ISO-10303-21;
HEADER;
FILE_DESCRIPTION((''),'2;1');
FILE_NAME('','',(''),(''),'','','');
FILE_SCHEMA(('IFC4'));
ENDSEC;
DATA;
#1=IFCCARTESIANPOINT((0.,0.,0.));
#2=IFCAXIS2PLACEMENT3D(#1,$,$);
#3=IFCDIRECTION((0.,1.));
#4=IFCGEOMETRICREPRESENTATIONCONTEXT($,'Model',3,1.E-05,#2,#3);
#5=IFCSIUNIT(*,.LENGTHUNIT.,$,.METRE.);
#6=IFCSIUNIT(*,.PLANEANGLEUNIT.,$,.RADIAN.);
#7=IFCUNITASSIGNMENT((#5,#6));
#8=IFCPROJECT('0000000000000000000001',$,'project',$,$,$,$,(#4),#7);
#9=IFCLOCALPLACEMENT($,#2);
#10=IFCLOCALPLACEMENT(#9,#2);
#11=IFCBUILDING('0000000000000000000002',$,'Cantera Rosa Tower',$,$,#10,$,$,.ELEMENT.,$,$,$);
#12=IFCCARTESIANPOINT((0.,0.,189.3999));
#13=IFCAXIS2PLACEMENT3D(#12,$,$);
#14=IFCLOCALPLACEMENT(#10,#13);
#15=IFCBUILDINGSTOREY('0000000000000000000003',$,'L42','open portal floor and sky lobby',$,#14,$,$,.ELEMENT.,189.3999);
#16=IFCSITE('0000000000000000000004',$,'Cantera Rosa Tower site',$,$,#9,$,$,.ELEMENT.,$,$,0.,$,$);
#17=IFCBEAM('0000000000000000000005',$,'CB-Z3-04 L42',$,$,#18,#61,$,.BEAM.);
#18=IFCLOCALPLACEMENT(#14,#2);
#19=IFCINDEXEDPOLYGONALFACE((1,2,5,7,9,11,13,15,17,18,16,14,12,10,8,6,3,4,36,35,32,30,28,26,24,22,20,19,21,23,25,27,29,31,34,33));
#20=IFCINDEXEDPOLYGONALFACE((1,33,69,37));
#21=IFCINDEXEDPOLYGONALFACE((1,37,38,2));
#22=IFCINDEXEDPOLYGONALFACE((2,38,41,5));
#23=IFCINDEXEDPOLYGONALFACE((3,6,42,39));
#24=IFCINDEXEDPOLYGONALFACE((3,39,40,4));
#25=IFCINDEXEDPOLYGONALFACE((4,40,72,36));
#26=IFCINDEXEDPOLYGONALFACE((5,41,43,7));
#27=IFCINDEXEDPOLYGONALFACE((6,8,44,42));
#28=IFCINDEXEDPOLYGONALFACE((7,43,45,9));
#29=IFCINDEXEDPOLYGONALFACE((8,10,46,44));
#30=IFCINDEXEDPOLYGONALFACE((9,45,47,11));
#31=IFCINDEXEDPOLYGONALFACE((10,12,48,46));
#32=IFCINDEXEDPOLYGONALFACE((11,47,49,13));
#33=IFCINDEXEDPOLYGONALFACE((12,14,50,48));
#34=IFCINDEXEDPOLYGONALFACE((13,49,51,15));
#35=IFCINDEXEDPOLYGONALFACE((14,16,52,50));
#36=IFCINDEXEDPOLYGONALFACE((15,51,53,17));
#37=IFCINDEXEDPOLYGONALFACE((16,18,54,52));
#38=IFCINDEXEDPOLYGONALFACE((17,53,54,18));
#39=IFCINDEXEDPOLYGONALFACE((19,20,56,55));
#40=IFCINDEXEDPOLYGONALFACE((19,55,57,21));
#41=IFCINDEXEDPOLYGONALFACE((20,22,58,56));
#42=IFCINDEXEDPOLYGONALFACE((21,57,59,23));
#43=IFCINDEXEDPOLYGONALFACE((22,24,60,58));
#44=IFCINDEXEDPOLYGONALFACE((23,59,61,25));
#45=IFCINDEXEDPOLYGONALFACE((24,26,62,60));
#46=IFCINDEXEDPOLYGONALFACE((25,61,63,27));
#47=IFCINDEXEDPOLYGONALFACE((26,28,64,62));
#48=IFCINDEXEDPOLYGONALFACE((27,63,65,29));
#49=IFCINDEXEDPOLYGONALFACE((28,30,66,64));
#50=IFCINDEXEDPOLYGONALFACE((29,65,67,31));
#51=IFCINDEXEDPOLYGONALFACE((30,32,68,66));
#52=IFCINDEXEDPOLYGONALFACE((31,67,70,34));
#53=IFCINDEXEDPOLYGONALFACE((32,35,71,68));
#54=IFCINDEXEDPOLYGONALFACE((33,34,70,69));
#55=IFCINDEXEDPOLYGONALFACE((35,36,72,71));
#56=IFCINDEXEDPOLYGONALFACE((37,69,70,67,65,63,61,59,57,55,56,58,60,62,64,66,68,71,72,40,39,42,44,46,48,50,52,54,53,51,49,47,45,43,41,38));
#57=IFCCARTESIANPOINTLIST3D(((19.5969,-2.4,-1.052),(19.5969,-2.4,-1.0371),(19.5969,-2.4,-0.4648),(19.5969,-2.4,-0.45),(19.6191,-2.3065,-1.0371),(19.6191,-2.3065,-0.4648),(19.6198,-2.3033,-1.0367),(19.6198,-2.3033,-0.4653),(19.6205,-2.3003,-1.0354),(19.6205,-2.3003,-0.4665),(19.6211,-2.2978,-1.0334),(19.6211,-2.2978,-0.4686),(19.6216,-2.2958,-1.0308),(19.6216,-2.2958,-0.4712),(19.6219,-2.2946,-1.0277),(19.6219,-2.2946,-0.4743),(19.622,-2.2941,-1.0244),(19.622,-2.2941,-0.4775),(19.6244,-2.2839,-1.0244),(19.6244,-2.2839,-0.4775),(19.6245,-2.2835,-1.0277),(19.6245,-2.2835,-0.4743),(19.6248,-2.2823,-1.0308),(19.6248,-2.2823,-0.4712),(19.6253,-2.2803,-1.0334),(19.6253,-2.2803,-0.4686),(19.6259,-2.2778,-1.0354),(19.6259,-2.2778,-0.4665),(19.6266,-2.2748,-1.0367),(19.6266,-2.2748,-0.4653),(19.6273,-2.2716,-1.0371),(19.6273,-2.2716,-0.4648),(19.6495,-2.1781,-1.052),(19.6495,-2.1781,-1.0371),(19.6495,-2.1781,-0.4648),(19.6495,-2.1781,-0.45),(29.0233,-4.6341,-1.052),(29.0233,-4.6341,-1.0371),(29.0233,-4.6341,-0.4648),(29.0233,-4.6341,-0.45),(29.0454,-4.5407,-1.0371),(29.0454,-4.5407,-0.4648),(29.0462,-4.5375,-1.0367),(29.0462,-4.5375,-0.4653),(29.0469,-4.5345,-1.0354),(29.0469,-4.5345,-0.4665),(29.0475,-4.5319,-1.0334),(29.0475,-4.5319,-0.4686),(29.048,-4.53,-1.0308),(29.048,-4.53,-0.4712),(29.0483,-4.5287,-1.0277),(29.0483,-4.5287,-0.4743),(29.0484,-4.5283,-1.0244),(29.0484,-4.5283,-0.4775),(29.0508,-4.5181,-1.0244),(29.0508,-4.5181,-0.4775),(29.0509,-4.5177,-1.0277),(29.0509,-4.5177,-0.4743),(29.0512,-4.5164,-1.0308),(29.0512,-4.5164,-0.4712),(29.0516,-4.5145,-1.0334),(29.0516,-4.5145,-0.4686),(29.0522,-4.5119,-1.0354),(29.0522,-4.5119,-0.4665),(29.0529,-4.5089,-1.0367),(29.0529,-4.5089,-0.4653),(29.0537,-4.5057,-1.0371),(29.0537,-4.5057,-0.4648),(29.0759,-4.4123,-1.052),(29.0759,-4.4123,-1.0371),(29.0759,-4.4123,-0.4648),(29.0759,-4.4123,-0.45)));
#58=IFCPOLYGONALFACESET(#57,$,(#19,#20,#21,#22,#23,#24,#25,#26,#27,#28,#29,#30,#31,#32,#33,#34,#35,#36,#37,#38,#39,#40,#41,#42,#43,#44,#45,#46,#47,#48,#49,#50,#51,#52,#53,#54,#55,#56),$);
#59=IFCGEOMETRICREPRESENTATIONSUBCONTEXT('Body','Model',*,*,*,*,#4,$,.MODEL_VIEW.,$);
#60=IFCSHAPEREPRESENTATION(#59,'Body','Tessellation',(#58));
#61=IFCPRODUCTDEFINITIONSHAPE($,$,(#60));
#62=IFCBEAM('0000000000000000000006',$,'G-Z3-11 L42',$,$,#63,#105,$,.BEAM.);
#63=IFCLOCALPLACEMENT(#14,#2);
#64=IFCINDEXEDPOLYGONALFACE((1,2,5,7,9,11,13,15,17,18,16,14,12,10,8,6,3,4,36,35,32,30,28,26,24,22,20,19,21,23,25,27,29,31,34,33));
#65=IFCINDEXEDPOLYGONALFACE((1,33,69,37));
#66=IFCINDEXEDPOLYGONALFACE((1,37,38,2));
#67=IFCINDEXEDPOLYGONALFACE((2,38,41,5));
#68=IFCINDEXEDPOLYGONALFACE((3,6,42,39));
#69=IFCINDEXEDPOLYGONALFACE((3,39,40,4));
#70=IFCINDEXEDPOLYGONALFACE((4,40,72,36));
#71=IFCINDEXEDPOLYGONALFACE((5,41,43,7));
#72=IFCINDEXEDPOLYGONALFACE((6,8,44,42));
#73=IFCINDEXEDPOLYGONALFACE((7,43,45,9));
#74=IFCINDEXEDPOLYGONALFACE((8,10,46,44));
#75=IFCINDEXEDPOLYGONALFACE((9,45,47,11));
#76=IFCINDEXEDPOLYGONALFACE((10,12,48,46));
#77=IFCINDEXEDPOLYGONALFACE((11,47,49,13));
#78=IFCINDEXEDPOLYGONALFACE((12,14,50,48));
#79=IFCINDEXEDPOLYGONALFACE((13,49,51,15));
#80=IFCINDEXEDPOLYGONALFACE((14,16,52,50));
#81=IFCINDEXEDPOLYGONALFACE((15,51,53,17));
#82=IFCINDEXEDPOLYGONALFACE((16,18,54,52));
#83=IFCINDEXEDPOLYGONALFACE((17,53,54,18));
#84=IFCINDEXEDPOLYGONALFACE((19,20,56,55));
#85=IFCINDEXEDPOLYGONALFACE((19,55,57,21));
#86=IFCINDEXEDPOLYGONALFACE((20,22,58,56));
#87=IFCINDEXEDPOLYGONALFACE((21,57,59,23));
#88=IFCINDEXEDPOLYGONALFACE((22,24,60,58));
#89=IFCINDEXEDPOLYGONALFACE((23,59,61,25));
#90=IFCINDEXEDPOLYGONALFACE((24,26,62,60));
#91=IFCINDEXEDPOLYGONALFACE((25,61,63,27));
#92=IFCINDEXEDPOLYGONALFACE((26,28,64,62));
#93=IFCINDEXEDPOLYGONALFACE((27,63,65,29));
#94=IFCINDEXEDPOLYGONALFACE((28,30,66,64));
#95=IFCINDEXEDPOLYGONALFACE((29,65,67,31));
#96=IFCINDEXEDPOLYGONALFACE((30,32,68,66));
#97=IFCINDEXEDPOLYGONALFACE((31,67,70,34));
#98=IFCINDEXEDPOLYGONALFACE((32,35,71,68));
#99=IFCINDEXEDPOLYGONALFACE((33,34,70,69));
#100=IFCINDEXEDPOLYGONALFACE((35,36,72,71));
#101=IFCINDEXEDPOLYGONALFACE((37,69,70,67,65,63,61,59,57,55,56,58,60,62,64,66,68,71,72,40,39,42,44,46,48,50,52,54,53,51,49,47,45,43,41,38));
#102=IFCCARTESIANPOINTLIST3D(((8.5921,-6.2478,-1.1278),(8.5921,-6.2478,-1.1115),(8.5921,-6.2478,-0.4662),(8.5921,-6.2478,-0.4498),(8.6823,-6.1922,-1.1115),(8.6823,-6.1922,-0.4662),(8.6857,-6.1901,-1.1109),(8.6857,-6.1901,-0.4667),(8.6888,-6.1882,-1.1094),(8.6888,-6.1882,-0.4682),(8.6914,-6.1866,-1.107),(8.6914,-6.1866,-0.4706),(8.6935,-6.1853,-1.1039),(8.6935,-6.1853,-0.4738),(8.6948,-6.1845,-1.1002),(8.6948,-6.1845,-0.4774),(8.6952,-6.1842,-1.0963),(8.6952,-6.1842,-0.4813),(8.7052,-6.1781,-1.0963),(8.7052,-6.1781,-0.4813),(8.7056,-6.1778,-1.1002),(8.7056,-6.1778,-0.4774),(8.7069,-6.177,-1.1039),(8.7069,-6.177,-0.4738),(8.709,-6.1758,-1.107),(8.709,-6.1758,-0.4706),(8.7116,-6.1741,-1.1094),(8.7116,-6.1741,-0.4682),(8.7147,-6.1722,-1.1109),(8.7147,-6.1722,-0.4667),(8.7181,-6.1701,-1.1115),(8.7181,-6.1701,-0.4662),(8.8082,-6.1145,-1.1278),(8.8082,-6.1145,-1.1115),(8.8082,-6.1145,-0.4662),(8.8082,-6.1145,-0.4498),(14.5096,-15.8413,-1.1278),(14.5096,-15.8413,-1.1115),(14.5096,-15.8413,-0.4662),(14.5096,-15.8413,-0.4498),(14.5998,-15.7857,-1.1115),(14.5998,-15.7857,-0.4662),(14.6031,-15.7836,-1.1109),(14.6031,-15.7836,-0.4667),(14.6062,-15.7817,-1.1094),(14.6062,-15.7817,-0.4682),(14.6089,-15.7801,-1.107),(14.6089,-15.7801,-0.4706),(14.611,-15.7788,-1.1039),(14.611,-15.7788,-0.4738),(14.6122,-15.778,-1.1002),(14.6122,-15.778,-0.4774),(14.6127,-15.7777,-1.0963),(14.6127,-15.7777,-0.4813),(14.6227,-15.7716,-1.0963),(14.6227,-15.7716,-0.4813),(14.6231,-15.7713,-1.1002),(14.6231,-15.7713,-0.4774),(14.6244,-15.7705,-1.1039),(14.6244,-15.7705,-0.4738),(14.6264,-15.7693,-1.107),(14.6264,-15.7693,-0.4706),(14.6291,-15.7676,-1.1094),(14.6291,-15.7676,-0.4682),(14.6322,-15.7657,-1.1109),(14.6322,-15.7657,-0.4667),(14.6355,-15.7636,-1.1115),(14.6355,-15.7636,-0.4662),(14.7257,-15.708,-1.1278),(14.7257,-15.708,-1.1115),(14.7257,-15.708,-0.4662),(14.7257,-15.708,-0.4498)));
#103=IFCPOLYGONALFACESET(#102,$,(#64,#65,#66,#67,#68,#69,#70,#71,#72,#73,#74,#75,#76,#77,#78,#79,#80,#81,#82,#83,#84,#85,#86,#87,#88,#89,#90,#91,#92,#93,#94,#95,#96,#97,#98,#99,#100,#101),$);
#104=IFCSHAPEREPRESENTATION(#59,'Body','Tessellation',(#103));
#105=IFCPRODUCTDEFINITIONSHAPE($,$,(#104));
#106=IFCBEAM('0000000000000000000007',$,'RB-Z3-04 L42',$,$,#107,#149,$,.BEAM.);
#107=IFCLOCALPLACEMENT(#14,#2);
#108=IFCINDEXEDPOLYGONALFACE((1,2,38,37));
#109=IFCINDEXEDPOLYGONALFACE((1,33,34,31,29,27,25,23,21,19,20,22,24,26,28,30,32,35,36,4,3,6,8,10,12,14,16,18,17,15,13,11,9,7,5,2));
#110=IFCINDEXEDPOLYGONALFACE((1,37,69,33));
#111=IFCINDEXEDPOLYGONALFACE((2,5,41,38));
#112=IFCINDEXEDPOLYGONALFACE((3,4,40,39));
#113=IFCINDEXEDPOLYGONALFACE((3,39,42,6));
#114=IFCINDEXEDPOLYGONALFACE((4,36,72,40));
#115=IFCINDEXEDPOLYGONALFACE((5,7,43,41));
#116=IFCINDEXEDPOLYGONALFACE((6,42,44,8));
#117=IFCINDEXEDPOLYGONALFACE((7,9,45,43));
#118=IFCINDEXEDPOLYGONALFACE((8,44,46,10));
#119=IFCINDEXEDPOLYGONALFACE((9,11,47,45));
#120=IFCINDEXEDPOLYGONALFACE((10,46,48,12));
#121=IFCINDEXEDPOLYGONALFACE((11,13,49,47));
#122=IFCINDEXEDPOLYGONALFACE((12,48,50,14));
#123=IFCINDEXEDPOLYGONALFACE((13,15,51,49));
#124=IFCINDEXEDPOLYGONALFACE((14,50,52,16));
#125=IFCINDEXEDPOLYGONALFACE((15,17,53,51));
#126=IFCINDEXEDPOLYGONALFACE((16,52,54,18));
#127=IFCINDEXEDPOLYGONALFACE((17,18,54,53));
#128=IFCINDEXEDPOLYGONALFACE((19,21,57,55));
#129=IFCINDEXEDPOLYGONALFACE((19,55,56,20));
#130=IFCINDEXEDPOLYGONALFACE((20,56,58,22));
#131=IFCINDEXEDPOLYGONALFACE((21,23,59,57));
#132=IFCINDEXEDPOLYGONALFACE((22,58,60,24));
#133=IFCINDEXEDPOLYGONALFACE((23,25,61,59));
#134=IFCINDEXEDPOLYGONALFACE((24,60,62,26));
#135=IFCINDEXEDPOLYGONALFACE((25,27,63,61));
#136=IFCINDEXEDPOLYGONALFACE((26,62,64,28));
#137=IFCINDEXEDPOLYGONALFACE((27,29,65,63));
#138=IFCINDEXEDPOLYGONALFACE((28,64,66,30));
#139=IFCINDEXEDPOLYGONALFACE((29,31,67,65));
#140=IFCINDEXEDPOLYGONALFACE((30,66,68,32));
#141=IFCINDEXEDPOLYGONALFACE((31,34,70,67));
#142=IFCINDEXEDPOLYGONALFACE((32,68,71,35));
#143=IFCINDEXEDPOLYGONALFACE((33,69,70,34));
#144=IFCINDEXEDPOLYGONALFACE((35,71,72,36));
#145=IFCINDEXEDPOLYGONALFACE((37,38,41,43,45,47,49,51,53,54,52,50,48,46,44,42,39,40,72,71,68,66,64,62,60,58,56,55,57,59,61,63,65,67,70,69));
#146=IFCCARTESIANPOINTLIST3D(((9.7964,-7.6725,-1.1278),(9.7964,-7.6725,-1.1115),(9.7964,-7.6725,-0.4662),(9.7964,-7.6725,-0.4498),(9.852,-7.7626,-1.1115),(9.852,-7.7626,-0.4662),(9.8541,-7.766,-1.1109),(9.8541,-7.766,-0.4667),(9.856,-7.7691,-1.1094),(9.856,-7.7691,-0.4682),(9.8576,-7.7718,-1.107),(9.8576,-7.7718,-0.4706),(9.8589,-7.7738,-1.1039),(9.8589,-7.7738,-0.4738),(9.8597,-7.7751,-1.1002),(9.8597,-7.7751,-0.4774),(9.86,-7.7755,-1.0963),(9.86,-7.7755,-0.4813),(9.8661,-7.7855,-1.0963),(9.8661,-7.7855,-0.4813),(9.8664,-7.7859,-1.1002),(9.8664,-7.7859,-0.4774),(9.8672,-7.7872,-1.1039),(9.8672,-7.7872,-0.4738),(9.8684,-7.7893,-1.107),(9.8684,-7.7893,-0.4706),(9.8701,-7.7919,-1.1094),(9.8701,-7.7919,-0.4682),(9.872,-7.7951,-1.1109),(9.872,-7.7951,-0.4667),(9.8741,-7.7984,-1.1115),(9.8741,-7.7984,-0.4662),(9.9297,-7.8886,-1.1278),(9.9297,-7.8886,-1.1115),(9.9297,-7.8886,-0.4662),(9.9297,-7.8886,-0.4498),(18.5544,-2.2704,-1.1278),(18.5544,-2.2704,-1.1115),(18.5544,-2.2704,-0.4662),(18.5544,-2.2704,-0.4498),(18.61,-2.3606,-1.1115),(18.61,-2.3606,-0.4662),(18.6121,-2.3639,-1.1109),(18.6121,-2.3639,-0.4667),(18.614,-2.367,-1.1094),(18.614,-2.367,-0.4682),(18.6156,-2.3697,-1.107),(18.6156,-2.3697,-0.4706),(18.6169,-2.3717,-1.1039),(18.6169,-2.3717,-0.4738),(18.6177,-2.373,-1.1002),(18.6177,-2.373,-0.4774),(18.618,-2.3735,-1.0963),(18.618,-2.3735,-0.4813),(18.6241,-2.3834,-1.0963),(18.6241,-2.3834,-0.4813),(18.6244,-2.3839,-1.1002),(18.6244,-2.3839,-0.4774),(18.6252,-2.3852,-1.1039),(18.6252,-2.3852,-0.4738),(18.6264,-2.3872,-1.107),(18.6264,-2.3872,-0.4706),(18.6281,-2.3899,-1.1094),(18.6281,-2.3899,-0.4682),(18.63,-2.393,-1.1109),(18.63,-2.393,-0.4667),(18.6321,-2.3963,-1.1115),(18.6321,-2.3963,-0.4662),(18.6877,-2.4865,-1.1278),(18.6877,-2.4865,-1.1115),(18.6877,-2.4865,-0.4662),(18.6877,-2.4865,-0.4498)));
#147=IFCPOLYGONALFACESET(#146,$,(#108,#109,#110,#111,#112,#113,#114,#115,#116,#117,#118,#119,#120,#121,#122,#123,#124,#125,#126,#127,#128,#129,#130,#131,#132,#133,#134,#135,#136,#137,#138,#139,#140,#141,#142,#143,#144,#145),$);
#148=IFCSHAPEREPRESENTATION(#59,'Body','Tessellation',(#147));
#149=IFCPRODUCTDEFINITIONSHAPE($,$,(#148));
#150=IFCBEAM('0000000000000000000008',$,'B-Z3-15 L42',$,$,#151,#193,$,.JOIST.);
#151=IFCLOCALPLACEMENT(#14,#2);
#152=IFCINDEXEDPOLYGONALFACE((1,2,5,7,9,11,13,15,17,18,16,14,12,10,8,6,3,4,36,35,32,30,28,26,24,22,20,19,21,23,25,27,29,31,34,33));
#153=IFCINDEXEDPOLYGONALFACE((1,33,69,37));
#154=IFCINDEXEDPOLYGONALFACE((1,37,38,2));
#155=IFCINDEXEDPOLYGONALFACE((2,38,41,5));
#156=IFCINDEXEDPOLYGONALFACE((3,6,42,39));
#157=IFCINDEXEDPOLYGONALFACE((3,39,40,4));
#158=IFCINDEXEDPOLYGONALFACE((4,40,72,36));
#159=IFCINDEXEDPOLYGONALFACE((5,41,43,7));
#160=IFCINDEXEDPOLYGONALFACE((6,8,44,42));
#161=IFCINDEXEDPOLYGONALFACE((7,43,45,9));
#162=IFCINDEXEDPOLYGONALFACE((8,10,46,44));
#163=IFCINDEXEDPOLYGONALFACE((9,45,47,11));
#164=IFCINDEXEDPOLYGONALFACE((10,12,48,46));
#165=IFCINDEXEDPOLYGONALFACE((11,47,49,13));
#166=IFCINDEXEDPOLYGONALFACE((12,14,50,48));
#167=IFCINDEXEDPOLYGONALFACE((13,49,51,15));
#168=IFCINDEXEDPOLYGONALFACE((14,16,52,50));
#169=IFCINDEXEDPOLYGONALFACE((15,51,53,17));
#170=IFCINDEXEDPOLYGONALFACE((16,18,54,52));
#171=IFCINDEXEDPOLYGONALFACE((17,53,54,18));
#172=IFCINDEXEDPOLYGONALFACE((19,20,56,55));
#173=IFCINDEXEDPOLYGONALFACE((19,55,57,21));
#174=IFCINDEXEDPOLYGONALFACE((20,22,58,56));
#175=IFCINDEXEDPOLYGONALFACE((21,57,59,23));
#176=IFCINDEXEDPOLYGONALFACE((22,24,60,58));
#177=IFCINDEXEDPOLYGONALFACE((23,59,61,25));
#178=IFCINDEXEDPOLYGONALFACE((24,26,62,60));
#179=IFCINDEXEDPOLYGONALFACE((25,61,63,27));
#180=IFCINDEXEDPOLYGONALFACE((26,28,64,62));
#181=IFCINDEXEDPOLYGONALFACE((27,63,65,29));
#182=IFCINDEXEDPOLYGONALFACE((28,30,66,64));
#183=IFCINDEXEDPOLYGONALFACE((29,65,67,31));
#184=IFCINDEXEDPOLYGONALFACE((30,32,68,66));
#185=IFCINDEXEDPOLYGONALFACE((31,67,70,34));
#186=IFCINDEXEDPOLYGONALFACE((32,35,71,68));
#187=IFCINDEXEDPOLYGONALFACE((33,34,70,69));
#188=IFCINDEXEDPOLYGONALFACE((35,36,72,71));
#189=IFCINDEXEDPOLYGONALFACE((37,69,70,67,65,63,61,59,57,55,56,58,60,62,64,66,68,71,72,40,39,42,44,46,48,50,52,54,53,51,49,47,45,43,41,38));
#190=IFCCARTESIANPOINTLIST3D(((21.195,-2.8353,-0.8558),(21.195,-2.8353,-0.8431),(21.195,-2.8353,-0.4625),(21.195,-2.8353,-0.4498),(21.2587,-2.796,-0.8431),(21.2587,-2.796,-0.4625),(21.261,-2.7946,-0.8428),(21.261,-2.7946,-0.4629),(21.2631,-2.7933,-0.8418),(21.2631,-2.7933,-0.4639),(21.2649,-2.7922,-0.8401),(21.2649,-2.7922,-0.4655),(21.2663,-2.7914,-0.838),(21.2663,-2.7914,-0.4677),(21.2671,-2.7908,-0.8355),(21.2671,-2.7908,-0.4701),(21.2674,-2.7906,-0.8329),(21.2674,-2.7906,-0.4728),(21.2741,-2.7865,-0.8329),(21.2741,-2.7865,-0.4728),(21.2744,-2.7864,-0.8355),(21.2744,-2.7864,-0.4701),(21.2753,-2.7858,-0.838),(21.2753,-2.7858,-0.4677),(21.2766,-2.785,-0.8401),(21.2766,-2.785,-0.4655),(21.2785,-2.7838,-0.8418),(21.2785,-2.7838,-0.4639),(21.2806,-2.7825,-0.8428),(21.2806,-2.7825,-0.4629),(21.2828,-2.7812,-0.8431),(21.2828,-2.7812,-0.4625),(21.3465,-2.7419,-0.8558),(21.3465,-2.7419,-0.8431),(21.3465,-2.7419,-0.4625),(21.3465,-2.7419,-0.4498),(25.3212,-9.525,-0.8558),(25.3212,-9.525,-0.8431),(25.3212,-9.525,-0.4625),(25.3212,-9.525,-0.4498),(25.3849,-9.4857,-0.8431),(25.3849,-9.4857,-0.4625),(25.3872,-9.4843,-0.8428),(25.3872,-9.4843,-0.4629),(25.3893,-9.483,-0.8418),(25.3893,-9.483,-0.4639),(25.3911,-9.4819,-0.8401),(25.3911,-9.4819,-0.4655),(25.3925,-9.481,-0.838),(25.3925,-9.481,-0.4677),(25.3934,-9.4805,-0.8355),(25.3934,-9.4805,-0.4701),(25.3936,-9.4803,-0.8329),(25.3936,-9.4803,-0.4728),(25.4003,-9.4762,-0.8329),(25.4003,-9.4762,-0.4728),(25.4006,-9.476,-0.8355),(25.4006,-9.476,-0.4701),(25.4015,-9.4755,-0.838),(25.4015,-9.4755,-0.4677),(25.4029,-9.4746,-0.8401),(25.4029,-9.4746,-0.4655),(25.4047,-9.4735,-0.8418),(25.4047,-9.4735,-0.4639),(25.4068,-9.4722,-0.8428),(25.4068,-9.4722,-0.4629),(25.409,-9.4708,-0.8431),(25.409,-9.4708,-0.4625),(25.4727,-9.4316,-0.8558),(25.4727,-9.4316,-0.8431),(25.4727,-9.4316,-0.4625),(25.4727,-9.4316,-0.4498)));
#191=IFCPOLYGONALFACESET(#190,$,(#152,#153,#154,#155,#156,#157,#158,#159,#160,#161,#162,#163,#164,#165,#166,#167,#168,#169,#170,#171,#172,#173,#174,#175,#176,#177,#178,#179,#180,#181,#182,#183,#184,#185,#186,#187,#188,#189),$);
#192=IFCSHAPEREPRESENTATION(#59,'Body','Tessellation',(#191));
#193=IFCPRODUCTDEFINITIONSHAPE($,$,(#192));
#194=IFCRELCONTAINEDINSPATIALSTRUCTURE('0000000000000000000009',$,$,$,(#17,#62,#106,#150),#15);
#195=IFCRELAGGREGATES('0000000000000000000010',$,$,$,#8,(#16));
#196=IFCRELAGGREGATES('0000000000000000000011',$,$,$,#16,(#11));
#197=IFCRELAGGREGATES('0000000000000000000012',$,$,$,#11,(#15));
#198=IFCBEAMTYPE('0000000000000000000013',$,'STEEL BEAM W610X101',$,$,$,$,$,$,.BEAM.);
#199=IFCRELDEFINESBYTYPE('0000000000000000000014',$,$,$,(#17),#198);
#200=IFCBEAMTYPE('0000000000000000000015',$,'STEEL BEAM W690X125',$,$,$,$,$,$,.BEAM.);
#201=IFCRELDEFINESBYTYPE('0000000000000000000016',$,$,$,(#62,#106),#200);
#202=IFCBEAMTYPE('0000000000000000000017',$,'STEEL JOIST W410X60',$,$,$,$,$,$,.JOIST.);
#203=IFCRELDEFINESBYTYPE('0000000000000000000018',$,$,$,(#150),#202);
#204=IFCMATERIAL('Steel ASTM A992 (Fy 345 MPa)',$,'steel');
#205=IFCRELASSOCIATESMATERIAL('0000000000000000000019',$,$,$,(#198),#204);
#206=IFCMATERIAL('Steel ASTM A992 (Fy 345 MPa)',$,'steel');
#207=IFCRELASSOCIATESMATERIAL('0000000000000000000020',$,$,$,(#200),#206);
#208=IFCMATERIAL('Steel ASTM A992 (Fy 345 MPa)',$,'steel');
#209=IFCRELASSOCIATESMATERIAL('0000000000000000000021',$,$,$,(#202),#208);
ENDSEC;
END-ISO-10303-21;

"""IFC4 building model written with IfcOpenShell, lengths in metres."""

from ifc_helpers import new_model, si_unit, direction, frame, origin, origin_2d, place, context, subcontext, project, spatial, i_section, extrude, material, material_profile, profile_set, type_object, element, save


model = new_model("IFC4")

# Units and contexts
model_context = context("Model", 3, precision=1e-05, world=origin(), true_north=direction((0.0, 1.0)))
body_context = subcontext(model_context, "Body", "Model", "MODEL_VIEW")
ifc_project = project(units=[si_unit("LENGTHUNIT", "METRE"), si_unit("PLANEANGLEUNIT", "RADIAN")], contexts=[model_context])

# Site, building, storey
site_placement = place(None, origin())
site = spatial("IfcSite", under=ifc_project, at=site_placement, Name="Cantera Rosa Tower site", CompositionType="ELEMENT", RefElevation=0.0)
building_placement = place(site_placement, origin())
building = spatial("IfcBuilding", under=site, at=building_placement, Name="Cantera Rosa Tower", CompositionType="ELEMENT")
storey_placement = place(building_placement, frame((0.0, 0.0, 189.3999)))
storey = spatial("IfcBuildingStorey", under=building, at=storey_placement, Name="L42", Description="open portal floor and sky lobby", CompositionType="ELEMENT", Elevation=189.3999)

# Beams
ifc_material_1 = material(Name="Steel ASTM A992 (Fy 345 MPa)", Category="steel")
ifc_material_profile_1 = material_profile(ifc_material_1, i_section(OverallWidth=0.228, OverallDepth=0.6021, WebThickness=0.0105, FlangeThickness=0.0149, FilletRadius=0.0127, at=origin_2d()), Name="W610X101")
ifc_profile_set_1 = profile_set([ifc_material_profile_1], Name="Steel ASTM A992 (Fy 345 MPa)")
beam_type_1 = type_object("IfcBeamType", Name="STEEL BEAM W610X101", PredefinedType="BEAM", material=ifc_profile_set_1)
beam_1_placement = place(storey_placement, frame((29.0496, -4.5232, -0.751), z_axis=(-0.973043, 0.230622, 0.0), x_axis=(-0.230622, -0.973043, 0.0)))
element("IfcBeam", 1, at=beam_1_placement, inside=storey, type_object=beam_type_1, Name="CB-Z3-04 L42", PredefinedType="BEAM", context=body_context, shape_type="SweptSolid", body=[
    extrude(i_section(OverallWidth=0.228, OverallDepth=0.6021, WebThickness=0.0105, FlangeThickness=0.0149, FilletRadius=0.0127, at=origin_2d()), origin(), (0.0, 0.0, 1.0), 9.6875),
])
ifc_material_2 = material(Name="Steel ASTM A992 (Fy 345 MPa)", Category="steel")
ifc_material_profile_2 = material_profile(ifc_material_2, i_section(OverallWidth=0.2539, OverallDepth=0.678, WebThickness=0.0117, FlangeThickness=0.0164, FilletRadius=0.0151, at=origin_2d()), Name="W690X125")
ifc_profile_set_2 = profile_set([ifc_material_profile_2], Name="Steel ASTM A992 (Fy 345 MPa)")
beam_type_2 = type_object("IfcBeamType", Name="STEEL BEAM W690X125", PredefinedType="BEAM", material=ifc_profile_set_2)
beam_2_placement = place(storey_placement, frame((14.6177, -15.7747, -0.7888), z_axis=(-0.524984, 0.851112, 0.0), x_axis=(-0.851112, -0.524984, 0.0)))
element("IfcBeam", 2, at=beam_2_placement, inside=storey, type_object=beam_type_2, Name="G-Z3-11 L42", PredefinedType="BEAM", context=body_context, shape_type="SweptSolid", body=[
    extrude(i_section(OverallWidth=0.2539, OverallDepth=0.678, WebThickness=0.0117, FlangeThickness=0.0164, FilletRadius=0.0151, at=origin_2d()), origin(), (0.0, 0.0, 1.0), 11.2717),
])
beam_3_placement = place(storey_placement, frame((9.863, -7.7805, -0.7888), z_axis=(0.851115, 0.52498, 0.0), x_axis=(-0.52498, 0.851115, 0.0)))
element("IfcBeam", 3, at=beam_3_placement, inside=storey, type_object=beam_type_2, Name="RB-Z3-04 L42", PredefinedType="BEAM", context=body_context, shape_type="SweptSolid", body=[
    extrude(i_section(OverallWidth=0.2539, OverallDepth=0.678, WebThickness=0.0117, FlangeThickness=0.0164, FilletRadius=0.0151, at=origin_2d()), origin(), (0.0, 0.0, 1.0), 10.29),
])
ifc_material_3 = material(Name="Steel ASTM A992 (Fy 345 MPa)", Category="steel")
ifc_material_profile_3 = material_profile(ifc_material_3, i_section(OverallWidth=0.178, OverallDepth=0.406, WebThickness=0.0078, FlangeThickness=0.0127, FilletRadius=0.0103, at=origin_2d()), Name="W410X60")
ifc_profile_set_3 = profile_set([ifc_material_profile_3], Name="Steel ASTM A992 (Fy 345 MPa)")
beam_type_3 = type_object("IfcBeamType", Name="STEEL JOIST W410X60", PredefinedType="JOIST", material=ifc_profile_set_3)
beam_4_placement = place(storey_placement, frame((25.397, -9.4783, -0.6528), z_axis=(-0.524972, 0.851119, 0.0), x_axis=(-0.851119, -0.524972, 0.0)))
element("IfcBeam", 4, at=beam_4_placement, inside=storey, type_object=beam_type_3, Name="B-Z3-15 L42", PredefinedType="JOIST", context=body_context, shape_type="SweptSolid", body=[
    extrude(i_section(OverallWidth=0.178, OverallDepth=0.406, WebThickness=0.0078, FlangeThickness=0.0127, FilletRadius=0.0103, at=origin_2d()), origin(), (0.0, 0.0, 1.0), 7.8599),
])

save(model, "model.ifc")
